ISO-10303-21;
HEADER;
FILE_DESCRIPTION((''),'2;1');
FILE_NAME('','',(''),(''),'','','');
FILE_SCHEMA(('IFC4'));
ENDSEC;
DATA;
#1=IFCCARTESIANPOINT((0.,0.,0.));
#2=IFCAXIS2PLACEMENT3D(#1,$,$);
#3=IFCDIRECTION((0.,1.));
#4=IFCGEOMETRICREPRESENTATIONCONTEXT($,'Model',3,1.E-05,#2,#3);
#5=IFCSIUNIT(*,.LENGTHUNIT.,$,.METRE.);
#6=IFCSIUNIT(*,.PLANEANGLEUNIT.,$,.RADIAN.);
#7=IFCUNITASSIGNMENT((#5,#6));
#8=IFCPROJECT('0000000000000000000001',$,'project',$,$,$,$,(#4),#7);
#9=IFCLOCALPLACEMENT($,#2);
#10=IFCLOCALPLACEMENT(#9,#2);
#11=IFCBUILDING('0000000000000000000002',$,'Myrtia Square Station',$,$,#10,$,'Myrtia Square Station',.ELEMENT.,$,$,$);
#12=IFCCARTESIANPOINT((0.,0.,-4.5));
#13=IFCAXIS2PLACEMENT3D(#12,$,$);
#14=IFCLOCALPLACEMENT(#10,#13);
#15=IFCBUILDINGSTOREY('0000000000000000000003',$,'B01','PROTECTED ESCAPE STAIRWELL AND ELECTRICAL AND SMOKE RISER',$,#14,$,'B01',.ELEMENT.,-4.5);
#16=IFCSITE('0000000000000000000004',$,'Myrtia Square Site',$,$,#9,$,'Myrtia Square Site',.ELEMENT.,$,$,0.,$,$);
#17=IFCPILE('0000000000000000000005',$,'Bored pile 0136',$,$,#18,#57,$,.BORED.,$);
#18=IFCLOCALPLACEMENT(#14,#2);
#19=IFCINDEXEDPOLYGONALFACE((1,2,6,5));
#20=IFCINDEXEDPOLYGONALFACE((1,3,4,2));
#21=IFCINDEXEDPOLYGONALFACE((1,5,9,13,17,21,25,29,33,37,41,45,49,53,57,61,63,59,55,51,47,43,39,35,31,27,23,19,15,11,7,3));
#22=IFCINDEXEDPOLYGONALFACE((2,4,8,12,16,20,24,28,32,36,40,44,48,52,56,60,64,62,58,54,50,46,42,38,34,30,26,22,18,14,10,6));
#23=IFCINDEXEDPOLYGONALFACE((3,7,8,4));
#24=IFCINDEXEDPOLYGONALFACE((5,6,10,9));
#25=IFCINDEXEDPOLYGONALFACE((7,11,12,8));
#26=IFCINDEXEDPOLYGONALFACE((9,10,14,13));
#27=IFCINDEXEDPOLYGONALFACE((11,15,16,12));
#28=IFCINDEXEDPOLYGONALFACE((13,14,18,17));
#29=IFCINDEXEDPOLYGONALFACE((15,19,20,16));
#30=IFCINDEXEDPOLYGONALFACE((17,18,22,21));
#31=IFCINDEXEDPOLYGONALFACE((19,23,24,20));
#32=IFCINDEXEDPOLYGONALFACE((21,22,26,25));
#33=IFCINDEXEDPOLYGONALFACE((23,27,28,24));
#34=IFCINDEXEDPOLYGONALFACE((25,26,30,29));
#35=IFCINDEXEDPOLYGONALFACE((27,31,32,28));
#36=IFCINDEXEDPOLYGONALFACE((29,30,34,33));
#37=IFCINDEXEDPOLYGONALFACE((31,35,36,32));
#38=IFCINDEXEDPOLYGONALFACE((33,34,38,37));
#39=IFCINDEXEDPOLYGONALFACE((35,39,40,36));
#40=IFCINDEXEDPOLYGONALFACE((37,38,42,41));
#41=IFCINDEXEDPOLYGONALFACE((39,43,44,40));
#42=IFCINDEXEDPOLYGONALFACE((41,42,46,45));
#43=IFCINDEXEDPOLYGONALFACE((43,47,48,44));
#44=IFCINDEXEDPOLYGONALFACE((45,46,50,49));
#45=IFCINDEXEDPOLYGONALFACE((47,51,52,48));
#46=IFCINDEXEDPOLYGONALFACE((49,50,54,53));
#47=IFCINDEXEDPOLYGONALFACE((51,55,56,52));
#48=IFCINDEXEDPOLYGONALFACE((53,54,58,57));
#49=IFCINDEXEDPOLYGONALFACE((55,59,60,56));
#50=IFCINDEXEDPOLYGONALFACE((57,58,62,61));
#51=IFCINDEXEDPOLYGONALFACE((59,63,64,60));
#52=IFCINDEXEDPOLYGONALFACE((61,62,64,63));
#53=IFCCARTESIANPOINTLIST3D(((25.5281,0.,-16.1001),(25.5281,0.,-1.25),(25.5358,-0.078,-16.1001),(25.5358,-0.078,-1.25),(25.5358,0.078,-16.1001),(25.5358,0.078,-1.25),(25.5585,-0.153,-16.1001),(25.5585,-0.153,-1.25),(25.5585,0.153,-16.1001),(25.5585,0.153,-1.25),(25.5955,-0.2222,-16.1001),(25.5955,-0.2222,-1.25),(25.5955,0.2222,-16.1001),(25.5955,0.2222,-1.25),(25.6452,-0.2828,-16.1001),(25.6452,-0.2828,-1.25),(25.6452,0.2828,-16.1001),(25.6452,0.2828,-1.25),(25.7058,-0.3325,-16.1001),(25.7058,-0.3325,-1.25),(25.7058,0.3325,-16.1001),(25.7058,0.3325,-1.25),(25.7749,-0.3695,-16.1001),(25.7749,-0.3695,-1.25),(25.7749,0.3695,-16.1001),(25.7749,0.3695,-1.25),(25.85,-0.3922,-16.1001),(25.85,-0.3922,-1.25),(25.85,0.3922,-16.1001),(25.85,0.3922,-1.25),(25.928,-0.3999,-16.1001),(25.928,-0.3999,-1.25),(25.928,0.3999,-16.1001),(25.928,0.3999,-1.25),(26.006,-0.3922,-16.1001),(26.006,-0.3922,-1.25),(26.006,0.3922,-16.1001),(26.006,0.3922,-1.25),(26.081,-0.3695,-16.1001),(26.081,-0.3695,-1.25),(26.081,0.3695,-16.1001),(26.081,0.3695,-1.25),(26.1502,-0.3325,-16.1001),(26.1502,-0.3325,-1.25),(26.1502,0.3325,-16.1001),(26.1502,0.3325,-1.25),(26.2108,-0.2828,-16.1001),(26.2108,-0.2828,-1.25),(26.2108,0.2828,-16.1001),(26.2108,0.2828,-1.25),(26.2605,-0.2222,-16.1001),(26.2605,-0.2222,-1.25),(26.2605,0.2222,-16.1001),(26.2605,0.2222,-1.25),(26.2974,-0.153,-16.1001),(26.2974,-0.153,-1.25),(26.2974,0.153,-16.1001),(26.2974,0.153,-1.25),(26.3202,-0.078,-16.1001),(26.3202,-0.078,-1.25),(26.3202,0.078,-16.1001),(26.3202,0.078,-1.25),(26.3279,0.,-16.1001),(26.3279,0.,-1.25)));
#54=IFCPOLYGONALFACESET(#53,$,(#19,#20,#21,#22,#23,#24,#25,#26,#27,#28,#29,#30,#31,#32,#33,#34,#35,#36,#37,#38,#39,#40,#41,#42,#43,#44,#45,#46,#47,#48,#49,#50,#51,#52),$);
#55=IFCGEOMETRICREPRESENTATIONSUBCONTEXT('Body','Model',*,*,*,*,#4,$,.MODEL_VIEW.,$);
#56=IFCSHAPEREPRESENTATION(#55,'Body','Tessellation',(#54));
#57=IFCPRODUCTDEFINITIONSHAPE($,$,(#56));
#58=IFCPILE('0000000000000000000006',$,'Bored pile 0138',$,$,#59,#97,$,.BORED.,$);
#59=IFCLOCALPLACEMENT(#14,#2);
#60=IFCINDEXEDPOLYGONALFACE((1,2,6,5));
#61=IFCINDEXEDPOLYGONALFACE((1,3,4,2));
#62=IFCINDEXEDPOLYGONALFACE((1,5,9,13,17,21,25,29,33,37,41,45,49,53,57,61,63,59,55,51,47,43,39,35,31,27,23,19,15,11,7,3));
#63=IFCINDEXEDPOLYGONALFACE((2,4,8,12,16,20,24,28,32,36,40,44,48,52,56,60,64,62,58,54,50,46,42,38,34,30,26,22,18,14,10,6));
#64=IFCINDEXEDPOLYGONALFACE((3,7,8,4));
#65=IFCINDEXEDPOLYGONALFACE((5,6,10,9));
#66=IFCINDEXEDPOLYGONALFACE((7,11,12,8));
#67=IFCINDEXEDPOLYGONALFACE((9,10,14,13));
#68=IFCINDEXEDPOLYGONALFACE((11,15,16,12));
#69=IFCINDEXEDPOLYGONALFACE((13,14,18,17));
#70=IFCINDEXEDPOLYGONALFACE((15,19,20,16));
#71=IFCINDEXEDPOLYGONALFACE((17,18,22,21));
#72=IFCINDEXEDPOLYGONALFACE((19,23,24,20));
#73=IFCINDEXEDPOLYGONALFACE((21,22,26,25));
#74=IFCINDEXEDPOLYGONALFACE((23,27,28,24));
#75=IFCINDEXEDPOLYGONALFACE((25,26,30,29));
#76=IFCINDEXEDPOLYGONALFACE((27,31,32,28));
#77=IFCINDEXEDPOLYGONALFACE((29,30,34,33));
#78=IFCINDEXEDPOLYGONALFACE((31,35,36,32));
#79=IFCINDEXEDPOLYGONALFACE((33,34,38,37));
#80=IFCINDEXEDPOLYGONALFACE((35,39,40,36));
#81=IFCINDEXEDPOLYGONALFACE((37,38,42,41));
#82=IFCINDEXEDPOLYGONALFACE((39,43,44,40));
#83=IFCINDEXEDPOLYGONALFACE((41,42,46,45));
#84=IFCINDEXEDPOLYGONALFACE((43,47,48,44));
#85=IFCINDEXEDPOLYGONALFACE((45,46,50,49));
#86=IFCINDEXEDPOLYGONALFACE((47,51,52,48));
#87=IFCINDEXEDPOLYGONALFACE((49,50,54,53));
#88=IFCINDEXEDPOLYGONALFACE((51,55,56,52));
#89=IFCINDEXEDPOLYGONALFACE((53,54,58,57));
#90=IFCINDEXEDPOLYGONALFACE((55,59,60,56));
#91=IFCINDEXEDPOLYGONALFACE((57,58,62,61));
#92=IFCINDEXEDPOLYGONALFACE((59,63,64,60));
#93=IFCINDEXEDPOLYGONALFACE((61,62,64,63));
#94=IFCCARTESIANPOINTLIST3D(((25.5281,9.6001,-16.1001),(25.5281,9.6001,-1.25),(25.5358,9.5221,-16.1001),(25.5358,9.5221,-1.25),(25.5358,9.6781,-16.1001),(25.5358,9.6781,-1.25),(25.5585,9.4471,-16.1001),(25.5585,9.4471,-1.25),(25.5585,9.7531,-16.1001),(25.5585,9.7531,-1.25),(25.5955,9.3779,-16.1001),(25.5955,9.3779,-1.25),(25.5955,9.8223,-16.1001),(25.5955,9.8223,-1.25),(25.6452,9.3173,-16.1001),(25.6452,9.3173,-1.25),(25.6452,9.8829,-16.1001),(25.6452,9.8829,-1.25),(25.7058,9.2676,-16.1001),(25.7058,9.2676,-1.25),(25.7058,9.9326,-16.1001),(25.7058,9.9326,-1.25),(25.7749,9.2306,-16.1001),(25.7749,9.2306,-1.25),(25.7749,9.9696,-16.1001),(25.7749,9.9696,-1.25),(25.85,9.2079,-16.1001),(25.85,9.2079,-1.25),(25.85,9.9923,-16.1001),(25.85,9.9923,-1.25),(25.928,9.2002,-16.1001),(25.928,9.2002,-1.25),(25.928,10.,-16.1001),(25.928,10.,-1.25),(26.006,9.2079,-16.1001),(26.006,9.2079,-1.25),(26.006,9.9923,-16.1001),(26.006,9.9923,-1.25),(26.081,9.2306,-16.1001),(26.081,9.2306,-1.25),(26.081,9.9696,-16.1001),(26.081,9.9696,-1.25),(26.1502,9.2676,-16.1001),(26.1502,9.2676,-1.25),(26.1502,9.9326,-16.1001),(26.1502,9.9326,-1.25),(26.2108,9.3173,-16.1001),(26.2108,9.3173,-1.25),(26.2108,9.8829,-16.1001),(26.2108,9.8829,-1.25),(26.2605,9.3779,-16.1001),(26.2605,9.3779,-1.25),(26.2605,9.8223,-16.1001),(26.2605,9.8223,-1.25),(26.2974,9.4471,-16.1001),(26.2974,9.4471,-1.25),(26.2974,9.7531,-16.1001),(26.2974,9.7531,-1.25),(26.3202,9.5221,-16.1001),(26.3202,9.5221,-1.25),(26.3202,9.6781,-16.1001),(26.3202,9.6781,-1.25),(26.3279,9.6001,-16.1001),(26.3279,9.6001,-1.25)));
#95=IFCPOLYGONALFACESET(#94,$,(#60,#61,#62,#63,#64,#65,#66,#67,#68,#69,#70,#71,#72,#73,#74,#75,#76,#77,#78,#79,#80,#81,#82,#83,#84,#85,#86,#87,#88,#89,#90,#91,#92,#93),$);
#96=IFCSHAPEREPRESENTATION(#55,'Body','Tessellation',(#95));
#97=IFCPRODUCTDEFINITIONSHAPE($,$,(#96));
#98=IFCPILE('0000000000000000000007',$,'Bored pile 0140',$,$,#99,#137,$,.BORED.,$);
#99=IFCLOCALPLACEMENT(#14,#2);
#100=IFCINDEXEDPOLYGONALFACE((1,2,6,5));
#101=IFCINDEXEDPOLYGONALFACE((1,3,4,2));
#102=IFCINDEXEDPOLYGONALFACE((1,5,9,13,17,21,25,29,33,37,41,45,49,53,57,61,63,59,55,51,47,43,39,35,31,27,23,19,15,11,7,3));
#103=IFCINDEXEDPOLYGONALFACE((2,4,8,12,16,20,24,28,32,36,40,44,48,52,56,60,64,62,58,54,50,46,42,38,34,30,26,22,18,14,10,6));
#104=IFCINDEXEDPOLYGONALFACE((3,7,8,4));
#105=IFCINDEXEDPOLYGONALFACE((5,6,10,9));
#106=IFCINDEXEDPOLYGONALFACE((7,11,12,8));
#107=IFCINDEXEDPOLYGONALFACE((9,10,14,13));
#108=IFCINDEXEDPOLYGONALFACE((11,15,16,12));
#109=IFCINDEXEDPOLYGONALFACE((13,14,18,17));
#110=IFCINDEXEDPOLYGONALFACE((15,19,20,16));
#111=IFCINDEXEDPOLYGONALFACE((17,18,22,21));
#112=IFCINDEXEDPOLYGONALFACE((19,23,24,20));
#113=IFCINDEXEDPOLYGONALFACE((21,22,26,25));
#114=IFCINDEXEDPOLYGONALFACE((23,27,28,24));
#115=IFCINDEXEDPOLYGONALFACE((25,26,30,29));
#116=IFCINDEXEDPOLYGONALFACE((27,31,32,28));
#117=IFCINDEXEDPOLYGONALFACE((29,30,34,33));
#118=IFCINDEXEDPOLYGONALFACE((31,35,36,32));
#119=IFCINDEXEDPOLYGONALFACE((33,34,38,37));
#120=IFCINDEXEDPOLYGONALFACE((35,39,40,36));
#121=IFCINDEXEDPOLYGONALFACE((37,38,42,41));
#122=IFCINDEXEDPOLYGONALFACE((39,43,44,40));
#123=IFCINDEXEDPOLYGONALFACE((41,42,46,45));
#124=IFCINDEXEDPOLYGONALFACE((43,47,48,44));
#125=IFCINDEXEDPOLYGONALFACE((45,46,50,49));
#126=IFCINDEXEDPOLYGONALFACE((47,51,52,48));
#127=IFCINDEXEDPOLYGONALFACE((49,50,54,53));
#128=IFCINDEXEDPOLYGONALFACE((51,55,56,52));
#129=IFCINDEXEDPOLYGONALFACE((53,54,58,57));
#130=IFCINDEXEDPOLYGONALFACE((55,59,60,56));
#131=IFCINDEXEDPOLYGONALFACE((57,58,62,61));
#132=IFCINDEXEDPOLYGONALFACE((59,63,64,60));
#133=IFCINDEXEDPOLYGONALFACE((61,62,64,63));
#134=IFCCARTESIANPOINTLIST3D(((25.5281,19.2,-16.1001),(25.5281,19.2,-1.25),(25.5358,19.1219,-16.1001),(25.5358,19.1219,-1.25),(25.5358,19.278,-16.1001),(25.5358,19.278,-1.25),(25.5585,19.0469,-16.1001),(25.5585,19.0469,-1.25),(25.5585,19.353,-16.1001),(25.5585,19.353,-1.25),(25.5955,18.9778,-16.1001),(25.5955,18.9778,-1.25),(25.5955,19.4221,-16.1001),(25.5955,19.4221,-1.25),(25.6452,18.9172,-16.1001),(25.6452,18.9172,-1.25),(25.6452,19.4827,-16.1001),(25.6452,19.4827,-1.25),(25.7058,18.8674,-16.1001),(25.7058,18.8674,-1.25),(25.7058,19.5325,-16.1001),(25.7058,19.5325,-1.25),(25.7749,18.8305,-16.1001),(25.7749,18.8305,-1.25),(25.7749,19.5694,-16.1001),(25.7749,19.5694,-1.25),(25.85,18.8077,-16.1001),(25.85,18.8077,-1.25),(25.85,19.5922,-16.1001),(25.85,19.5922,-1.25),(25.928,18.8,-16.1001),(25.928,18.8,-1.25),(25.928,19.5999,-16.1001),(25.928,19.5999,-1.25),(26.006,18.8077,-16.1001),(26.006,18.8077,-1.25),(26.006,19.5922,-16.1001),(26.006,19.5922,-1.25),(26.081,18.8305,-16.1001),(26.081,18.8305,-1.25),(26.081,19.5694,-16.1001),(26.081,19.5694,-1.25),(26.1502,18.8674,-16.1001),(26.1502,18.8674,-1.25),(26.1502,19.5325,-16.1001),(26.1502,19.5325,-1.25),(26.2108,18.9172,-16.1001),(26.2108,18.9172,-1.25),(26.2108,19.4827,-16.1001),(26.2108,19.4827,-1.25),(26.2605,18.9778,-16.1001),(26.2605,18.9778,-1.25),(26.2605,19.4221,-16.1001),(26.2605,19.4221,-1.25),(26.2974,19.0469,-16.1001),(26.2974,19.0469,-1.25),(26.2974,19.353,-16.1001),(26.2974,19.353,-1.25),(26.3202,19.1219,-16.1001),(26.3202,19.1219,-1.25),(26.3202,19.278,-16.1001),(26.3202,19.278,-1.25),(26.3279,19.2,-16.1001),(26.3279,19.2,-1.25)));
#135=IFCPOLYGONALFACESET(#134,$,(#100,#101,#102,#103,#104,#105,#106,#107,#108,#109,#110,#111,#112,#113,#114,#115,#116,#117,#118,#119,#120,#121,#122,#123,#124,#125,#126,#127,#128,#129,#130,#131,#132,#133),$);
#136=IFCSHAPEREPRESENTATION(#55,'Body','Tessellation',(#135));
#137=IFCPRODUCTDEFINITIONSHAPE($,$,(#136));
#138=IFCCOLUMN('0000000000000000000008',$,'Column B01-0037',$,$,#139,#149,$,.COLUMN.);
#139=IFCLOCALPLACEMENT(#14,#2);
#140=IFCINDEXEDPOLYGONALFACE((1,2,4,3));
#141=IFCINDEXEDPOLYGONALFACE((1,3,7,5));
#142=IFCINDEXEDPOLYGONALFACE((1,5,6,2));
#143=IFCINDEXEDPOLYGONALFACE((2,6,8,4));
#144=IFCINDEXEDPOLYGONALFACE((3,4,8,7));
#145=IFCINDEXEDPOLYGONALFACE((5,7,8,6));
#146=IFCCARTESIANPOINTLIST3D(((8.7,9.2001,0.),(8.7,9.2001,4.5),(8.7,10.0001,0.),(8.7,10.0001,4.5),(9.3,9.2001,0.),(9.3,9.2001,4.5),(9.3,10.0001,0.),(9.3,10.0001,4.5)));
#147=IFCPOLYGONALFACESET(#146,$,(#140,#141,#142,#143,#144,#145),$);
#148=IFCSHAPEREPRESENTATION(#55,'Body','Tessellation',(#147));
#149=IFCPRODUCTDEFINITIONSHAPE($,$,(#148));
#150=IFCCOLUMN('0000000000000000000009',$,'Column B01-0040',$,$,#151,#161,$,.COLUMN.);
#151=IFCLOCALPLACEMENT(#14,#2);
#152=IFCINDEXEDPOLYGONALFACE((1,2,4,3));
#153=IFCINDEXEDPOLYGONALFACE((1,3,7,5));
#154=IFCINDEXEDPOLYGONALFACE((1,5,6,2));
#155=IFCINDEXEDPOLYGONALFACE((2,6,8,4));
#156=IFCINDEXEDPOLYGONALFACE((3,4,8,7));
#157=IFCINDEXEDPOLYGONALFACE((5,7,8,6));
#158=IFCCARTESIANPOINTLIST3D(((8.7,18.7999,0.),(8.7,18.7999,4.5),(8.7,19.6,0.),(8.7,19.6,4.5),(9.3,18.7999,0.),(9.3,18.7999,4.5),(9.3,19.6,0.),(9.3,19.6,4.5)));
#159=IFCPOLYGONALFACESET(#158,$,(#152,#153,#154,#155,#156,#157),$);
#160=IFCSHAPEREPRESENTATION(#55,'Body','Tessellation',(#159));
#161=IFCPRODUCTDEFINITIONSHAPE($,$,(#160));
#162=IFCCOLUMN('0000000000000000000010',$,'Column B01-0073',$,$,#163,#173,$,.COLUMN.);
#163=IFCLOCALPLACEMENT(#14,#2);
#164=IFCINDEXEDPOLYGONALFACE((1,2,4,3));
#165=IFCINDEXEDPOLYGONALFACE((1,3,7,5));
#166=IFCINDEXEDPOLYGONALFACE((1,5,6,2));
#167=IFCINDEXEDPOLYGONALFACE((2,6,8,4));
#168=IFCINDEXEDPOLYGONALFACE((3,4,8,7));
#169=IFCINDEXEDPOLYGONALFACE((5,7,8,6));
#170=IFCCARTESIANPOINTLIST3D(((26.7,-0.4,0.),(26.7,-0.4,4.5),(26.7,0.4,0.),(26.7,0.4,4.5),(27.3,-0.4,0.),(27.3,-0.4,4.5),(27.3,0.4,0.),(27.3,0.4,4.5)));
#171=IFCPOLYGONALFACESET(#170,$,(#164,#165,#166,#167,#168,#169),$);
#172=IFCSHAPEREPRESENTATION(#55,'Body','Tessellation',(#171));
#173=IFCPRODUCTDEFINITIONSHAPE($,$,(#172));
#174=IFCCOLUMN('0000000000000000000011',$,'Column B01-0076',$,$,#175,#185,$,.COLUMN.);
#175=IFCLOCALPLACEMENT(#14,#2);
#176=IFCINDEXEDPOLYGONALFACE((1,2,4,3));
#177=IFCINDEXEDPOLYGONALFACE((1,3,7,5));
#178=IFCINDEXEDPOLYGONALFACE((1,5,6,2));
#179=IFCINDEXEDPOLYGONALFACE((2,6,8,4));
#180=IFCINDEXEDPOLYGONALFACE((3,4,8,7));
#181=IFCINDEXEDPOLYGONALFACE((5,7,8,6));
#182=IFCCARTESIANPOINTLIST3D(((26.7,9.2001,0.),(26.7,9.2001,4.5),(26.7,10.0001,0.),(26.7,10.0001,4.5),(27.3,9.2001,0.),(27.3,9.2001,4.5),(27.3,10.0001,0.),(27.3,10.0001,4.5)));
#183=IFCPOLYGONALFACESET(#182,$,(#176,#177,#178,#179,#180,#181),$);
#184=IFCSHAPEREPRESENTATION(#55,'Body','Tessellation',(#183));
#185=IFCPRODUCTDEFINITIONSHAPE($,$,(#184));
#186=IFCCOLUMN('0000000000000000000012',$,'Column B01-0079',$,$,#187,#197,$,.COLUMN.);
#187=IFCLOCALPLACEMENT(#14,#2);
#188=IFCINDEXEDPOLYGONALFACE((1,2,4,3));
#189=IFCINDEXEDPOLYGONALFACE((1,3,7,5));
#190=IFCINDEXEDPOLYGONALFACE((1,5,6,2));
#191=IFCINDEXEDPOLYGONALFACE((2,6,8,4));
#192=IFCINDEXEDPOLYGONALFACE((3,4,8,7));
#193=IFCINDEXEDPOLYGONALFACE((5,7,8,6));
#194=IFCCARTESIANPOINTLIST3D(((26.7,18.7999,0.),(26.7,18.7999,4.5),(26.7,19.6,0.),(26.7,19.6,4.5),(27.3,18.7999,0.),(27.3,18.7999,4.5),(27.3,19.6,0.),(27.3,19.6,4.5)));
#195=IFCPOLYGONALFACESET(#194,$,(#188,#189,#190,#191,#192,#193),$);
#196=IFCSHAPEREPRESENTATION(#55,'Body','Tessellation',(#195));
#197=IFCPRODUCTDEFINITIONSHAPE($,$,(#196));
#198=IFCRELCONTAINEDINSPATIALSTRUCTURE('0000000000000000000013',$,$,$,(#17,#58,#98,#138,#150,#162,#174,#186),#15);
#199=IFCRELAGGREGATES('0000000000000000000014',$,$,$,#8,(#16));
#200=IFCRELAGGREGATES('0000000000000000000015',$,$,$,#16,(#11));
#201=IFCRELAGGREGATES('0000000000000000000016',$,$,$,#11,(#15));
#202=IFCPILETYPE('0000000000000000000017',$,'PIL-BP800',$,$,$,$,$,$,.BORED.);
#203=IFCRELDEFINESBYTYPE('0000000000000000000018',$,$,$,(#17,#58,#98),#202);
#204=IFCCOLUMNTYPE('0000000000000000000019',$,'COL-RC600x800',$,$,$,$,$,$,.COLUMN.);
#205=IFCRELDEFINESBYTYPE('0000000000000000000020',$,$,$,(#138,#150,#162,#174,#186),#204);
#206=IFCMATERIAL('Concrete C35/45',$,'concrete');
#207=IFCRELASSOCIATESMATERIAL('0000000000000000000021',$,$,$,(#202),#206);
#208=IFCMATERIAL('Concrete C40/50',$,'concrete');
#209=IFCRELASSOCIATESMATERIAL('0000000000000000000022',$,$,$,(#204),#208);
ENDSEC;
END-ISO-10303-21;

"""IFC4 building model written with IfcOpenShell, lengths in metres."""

from ifc_helpers import new_model, si_unit, direction, frame, origin, origin_2d, place, context, subcontext, project, spatial, rectangle, circle, extrude, material, material_profile, profile_set, type_object, element, save


model = new_model("IFC4")

# Units and contexts
model_context = context("Model", 3, precision=1e-05, world=origin(), true_north=direction((0.0, 1.0)))
body_context = subcontext(model_context, "Body", "Model", "MODEL_VIEW")
ifc_project = project(units=[si_unit("LENGTHUNIT", "METRE"), si_unit("PLANEANGLEUNIT", "RADIAN")], contexts=[model_context])

# Site, building, storey
site_placement = place(None, origin())
site = spatial("IfcSite", under=ifc_project, at=site_placement, Name="Myrtia Square Site", LongName="Myrtia Square Site", CompositionType="ELEMENT", RefElevation=0.0)
building_placement = place(site_placement, origin())
building = spatial("IfcBuilding", under=site, at=building_placement, Name="Myrtia Square Station", LongName="Myrtia Square Station", CompositionType="ELEMENT")
storey_placement = place(building_placement, frame((0.0, 0.0, -4.5)))
storey = spatial("IfcBuildingStorey", under=building, at=storey_placement, Name="B01", Description="PROTECTED ESCAPE STAIRWELL AND ELECTRICAL AND SMOKE RISER", LongName="B01", CompositionType="ELEMENT", Elevation=-4.5)

# Shared definitions
ifc_material_1 = material(Name="Concrete C35/45", Category="concrete")

# Piles
ifc_material_profile_1 = material_profile(ifc_material_1, circle(Radius=0.3999, at=origin_2d()), Name="BP D800")
ifc_profile_set_1 = profile_set([ifc_material_profile_1], Name="Concrete C35/45")
pile_type = type_object("IfcPileType", Name="PIL-BP800", PredefinedType="BORED", material=ifc_profile_set_1)
for number, where, z_axis, x_axis, name in (
    (1, (25.928, 0.0, -1.25), (0.0, 0.0, -1.0), (1.0, 0.0, 0.0), "Bored pile 0136"),
    (2, (25.928, 9.6001, -1.25), (0.0, 0.0, -1.0), (1.0, 0.0, 0.0), "Bored pile 0138"),
    (3, (25.928, 19.2, -1.25), (0.0, 0.0, -1.0), (1.0, 0.0, 0.0), "Bored pile 0140"),
):
    element("IfcPile", number, at=place(storey_placement, frame(where, z_axis=z_axis, x_axis=x_axis)), inside=storey, type_object=pile_type, Name=name, PredefinedType="BORED", context=body_context, shape_type="SweptSolid", body=[
        extrude(circle(Radius=0.3999, at=origin_2d()), origin(), (0.0, 0.0, 1.0), 14.8501),
    ])

# Columns
ifc_material_2 = material(Name="Concrete C40/50", Category="concrete")
ifc_material_profile_2 = material_profile(ifc_material_2, rectangle(XDim=0.6001, YDim=0.8, at=origin_2d()), Name="RC 600x800")
ifc_profile_set_2 = profile_set([ifc_material_profile_2], Name="Concrete C40/50")
column_type = type_object("IfcColumnType", Name="COL-RC600x800", PredefinedType="COLUMN", material=ifc_profile_set_2)
for number, where, z_axis, x_axis, name in (
    (4, (9.0, 9.6001, 0.0), (0.0, 0.0, 1.0), (1.0, 0.0, 0.0), "Column B01-0037"),
    (5, (9.0, 19.2, 0.0), (0.0, 0.0, 1.0), (1.0, 0.0, 0.0), "Column B01-0040"),
    (6, (27.0, 0.0, 0.0), (0.0, 0.0, 1.0), (1.0, 0.0, 0.0), "Column B01-0073"),
    (7, (27.0, 9.6001, 0.0), (0.0, 0.0, 1.0), (1.0, 0.0, 0.0), "Column B01-0076"),
    (8, (27.0, 19.2, 0.0), (0.0, 0.0, 1.0), (1.0, 0.0, 0.0), "Column B01-0079"),
):
    element("IfcColumn", number, at=place(storey_placement, frame(where, z_axis=z_axis, x_axis=x_axis)), inside=storey, type_object=column_type, Name=name, PredefinedType="COLUMN", context=body_context, shape_type="SweptSolid", body=[
        extrude(rectangle(XDim=0.6001, YDim=0.8, at=origin_2d()), origin(), (0.0, 0.0, 1.0), 4.5),
    ])

save(model, "model.ifc")
